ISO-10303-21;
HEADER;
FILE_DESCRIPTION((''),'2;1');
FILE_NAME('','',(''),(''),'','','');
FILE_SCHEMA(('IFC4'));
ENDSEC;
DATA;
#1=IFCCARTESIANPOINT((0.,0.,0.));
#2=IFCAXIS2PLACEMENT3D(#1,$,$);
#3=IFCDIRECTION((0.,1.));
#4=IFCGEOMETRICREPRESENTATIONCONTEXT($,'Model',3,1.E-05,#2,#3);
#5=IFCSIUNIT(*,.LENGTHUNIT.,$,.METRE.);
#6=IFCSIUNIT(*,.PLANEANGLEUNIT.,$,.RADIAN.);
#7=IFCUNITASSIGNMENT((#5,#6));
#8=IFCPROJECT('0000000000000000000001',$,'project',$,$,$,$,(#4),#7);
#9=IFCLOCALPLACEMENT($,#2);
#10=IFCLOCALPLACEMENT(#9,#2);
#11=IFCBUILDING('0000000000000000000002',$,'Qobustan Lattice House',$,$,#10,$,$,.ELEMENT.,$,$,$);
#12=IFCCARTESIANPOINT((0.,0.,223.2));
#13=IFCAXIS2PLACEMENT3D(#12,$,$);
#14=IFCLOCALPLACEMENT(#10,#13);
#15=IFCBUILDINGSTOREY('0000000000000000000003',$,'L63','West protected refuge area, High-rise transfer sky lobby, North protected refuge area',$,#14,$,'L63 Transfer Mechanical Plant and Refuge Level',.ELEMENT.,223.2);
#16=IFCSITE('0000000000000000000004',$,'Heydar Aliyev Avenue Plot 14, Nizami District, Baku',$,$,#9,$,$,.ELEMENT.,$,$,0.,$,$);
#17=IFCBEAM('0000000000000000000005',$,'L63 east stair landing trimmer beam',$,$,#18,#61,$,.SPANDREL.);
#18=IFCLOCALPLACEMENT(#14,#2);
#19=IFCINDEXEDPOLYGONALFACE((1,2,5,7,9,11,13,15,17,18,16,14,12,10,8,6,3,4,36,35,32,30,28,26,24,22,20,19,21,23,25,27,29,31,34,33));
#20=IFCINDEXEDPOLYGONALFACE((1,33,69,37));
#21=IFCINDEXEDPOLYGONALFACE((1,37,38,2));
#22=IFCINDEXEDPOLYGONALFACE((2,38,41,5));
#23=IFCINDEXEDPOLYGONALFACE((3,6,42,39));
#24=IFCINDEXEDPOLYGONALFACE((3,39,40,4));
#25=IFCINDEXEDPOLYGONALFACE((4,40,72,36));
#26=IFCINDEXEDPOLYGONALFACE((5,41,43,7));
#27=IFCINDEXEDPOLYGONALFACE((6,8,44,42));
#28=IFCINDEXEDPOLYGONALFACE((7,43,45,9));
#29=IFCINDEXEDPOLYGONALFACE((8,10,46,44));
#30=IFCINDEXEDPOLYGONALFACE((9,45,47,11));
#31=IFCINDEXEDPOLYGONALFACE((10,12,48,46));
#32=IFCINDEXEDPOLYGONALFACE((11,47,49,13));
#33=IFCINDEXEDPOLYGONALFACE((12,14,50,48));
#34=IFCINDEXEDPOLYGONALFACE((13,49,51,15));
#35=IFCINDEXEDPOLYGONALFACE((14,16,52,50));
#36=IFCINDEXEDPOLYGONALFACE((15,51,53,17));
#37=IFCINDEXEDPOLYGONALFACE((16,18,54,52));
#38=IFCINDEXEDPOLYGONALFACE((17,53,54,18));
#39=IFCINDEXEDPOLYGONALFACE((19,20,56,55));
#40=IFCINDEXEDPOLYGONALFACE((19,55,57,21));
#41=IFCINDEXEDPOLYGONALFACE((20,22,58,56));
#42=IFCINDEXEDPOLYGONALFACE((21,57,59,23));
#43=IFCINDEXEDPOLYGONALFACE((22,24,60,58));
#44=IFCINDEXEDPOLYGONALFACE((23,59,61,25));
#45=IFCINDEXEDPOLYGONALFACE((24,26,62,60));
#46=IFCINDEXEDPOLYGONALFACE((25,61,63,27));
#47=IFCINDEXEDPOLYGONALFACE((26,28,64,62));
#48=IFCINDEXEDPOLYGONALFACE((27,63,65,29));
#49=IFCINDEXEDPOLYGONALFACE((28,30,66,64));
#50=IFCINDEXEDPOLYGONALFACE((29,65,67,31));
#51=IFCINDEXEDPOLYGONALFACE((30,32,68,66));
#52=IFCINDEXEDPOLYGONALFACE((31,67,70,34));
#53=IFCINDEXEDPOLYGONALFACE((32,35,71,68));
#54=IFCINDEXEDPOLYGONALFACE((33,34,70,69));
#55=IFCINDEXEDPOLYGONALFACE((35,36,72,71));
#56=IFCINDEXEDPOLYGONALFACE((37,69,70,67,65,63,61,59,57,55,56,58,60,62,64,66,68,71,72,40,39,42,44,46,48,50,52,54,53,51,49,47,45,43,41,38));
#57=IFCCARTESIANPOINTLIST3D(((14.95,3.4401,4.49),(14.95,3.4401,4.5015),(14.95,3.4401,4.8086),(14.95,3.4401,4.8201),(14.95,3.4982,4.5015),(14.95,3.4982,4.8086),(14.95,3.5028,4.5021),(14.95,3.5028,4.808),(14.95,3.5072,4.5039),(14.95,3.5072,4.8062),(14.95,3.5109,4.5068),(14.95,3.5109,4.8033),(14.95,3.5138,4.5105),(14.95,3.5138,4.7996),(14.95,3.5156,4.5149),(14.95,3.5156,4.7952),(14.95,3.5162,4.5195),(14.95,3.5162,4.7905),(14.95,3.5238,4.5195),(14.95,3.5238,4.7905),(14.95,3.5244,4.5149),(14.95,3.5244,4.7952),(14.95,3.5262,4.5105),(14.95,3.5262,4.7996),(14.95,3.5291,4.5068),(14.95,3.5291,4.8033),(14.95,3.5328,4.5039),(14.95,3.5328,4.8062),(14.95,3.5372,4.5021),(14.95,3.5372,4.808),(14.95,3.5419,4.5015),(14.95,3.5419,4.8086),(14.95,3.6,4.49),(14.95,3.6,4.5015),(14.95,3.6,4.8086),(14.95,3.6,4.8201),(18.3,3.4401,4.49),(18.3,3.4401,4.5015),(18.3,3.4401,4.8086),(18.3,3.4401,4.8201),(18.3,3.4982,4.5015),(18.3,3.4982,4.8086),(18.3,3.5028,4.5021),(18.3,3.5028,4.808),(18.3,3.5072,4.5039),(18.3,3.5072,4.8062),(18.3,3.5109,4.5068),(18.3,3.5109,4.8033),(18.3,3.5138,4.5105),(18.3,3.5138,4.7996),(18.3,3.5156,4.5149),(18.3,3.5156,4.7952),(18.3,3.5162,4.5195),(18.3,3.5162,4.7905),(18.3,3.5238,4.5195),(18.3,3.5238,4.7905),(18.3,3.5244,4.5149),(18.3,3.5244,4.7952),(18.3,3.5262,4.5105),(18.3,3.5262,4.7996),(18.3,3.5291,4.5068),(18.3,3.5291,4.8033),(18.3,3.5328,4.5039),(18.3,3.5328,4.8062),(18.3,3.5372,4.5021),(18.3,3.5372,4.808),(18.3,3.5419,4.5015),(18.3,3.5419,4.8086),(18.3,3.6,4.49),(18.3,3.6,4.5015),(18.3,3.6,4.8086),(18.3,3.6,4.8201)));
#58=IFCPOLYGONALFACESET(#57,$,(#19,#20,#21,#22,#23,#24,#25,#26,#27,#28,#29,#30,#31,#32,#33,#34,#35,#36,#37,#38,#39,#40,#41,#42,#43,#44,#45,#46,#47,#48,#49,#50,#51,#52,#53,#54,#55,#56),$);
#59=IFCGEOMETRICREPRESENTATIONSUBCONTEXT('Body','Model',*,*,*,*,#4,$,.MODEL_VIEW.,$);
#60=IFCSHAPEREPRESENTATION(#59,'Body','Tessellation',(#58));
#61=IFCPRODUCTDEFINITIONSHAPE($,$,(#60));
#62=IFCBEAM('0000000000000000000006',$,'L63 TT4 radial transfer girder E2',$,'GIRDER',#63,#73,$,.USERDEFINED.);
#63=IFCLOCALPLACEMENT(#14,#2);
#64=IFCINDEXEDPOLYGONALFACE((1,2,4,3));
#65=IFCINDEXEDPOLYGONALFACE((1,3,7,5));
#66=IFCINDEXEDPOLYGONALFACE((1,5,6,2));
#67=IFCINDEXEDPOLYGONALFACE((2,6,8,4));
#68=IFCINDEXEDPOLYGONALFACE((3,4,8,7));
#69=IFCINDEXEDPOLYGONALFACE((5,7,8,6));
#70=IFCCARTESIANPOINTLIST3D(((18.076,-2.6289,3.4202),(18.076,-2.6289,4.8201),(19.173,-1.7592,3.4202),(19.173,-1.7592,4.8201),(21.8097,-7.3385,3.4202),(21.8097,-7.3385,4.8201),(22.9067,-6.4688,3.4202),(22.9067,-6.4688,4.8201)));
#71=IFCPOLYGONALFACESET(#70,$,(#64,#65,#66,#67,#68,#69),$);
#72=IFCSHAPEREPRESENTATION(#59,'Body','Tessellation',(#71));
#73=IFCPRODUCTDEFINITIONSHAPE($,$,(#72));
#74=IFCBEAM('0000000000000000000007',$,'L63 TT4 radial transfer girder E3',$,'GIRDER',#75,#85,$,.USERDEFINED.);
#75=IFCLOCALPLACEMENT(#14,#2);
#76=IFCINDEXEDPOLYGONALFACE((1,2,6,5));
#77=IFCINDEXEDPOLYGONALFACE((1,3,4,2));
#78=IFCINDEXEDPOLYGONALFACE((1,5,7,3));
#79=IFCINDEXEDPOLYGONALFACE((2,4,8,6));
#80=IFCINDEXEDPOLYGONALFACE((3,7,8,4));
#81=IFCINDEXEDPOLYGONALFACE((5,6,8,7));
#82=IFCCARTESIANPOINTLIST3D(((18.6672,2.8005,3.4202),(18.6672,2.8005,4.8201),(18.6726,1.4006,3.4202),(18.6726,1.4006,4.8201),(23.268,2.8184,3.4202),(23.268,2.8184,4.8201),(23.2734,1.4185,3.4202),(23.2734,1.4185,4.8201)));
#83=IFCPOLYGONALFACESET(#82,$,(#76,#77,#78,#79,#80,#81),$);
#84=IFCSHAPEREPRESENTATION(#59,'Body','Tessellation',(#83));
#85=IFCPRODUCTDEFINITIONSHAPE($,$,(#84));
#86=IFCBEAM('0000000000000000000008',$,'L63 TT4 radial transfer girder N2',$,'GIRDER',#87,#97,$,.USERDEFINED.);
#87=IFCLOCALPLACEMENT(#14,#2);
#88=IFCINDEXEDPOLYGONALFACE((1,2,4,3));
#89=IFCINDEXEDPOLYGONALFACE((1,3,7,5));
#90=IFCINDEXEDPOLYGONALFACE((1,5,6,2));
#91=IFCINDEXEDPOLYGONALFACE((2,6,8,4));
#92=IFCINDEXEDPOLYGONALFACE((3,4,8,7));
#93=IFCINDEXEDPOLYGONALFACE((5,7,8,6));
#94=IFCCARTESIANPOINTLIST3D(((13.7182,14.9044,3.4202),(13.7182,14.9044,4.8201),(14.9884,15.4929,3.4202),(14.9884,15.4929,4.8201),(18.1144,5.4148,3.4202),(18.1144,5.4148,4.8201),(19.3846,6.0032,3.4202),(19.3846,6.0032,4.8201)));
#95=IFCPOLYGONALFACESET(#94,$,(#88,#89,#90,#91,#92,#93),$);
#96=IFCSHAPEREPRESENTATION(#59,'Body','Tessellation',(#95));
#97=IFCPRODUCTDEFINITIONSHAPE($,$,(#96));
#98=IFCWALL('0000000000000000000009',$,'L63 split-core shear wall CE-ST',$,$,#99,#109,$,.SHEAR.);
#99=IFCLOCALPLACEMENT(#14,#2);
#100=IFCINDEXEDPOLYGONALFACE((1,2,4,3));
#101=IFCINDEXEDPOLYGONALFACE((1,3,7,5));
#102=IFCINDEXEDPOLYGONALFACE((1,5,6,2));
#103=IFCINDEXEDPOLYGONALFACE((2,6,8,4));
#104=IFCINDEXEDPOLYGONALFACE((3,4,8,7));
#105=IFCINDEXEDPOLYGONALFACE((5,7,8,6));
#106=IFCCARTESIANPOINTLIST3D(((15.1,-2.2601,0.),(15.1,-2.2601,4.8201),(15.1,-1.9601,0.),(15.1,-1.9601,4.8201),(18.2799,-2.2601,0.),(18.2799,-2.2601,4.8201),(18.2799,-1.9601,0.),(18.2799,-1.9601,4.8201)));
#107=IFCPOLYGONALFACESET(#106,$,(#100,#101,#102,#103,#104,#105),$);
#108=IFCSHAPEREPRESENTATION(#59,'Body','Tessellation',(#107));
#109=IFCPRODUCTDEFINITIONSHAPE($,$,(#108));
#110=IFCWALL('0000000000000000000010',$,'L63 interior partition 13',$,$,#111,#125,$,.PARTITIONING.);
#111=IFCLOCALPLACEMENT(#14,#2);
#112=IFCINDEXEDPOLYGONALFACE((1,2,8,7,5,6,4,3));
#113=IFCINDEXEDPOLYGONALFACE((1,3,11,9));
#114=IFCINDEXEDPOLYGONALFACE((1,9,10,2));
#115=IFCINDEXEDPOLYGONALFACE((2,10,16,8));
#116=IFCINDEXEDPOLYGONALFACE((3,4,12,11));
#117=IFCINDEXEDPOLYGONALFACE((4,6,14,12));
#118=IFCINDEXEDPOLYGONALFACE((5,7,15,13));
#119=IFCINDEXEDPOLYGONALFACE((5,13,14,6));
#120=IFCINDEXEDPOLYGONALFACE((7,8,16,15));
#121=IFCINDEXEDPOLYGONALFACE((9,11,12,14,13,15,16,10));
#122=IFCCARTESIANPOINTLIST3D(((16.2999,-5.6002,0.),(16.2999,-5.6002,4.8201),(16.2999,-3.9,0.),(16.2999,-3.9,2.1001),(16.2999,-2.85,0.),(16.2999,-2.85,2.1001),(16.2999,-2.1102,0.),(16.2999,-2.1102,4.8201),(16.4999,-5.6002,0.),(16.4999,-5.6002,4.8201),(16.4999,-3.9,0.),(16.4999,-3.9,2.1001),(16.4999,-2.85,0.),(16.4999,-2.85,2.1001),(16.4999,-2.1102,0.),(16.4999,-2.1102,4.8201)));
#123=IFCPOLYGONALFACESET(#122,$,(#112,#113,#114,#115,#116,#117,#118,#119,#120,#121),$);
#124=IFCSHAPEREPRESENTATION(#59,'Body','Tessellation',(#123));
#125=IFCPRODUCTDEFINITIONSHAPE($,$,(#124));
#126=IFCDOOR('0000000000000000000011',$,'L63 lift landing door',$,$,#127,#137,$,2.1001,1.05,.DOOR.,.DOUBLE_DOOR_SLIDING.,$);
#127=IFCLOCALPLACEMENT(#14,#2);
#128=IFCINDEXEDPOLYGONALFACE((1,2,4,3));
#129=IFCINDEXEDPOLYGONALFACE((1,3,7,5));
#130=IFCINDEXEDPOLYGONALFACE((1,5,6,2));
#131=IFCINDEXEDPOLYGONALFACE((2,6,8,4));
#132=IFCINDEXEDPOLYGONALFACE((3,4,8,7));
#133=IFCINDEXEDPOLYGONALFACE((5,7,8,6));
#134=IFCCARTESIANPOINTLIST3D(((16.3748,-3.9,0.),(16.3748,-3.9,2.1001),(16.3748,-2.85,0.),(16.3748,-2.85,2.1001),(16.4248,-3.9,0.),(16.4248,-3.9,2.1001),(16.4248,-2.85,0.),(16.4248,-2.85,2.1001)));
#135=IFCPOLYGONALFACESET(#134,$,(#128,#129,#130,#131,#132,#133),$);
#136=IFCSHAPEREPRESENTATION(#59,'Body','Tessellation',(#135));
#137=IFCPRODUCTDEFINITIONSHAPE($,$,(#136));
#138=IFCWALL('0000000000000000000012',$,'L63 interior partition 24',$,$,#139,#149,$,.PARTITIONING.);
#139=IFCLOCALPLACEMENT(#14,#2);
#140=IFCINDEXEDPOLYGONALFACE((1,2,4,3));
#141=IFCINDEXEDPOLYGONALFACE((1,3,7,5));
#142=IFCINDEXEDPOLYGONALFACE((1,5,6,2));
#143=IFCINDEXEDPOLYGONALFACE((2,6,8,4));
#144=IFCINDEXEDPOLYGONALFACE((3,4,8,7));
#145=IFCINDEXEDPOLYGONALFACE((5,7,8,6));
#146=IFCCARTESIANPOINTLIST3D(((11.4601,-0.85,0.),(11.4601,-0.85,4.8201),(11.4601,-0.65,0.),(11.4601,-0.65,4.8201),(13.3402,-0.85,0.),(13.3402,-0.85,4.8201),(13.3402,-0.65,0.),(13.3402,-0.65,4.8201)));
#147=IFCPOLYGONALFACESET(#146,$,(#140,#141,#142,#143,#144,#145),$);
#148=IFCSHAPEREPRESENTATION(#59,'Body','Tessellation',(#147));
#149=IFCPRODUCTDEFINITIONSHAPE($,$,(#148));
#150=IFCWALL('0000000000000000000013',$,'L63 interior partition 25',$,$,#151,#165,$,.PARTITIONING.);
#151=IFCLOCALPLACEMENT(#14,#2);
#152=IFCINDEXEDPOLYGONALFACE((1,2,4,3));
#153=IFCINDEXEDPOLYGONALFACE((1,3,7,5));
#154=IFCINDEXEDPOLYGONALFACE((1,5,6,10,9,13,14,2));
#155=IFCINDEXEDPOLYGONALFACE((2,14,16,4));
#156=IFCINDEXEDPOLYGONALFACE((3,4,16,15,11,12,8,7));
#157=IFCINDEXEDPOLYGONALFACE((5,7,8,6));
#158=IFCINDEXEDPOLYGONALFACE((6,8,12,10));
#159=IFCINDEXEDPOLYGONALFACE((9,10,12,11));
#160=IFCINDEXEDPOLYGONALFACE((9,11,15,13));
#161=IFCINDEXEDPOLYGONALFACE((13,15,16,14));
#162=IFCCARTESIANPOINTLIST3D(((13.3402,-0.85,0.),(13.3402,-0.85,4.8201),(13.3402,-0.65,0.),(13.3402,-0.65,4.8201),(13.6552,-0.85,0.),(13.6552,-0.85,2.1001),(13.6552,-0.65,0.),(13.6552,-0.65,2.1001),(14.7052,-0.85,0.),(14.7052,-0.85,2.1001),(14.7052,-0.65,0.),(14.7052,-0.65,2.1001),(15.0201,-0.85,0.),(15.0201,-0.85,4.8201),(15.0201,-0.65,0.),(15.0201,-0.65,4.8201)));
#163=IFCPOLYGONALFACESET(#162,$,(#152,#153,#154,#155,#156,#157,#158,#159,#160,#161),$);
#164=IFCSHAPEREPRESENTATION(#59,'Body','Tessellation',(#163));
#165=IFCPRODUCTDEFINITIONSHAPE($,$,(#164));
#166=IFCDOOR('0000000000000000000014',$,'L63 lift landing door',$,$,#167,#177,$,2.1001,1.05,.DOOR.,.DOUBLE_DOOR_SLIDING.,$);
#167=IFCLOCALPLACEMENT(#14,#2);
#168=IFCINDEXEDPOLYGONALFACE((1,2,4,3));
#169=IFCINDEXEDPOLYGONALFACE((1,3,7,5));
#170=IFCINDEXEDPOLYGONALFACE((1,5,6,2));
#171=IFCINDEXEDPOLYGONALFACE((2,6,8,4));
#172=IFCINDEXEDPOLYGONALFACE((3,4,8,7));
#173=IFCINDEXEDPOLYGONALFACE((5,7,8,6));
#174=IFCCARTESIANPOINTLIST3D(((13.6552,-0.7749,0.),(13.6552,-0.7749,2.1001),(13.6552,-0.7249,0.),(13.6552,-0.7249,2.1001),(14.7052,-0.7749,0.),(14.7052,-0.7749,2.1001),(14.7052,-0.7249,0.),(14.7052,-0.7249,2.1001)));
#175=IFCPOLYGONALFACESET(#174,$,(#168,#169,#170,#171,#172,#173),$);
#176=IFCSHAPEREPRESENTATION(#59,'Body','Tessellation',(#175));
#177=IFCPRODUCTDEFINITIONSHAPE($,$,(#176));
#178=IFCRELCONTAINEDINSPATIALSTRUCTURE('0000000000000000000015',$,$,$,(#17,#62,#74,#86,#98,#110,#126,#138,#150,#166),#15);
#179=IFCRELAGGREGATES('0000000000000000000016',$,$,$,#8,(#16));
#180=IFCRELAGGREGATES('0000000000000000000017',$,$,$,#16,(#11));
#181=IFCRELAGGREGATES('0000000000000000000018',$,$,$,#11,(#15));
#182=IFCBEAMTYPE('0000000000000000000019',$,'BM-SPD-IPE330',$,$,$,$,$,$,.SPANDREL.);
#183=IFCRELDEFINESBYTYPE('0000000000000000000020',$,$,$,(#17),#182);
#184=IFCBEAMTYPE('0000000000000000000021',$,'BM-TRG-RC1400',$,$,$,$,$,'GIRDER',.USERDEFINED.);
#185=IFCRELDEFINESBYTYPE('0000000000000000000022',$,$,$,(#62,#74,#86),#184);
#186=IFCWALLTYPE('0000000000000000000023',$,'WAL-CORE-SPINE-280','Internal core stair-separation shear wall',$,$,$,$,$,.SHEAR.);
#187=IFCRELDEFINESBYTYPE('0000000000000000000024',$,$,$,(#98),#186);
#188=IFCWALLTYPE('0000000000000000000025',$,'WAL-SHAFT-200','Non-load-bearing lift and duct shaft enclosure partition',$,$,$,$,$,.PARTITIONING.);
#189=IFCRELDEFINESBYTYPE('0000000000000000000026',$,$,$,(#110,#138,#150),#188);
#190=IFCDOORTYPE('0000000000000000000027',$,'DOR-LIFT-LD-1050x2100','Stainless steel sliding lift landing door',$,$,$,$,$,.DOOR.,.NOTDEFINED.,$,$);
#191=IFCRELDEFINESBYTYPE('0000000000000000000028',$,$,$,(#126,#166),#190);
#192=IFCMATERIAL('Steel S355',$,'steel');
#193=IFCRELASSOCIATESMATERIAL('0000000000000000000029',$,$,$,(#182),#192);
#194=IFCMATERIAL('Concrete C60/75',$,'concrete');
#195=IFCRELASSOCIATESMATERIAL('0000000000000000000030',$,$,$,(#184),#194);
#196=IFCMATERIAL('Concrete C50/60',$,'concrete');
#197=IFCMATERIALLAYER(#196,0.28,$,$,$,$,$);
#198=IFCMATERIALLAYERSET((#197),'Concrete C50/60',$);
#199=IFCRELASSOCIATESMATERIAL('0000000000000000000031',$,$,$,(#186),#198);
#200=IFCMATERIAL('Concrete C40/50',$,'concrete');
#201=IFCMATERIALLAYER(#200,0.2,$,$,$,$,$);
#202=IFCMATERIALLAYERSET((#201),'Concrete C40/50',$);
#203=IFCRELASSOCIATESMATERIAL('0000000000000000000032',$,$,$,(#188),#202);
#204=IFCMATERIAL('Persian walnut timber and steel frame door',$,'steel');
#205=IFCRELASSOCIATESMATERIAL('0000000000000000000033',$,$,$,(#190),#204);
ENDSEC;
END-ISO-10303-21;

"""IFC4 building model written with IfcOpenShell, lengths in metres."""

from ifc_helpers import new_model, si_unit, direction, frame, frame_2d, origin, origin_2d, place, context, subcontext, project, spatial, rectangle, i_section, extrude, material, layer, layer_set, material_profile, profile_set, type_object, element, fill, save


model = new_model("IFC4")

# Units and contexts
model_context = context("Model", 3, precision=1e-05, world=origin(), true_north=direction((0.0, 1.0)))
body_context = subcontext(model_context, "Body", "Model", "MODEL_VIEW")
ifc_project = project(units=[si_unit("LENGTHUNIT", "METRE"), si_unit("PLANEANGLEUNIT", "RADIAN")], contexts=[model_context])

# Site, building, storey
site_placement = place(None, origin())
site = spatial("IfcSite", under=ifc_project, at=site_placement, Name="Heydar Aliyev Avenue Plot 14, Nizami District, Baku", CompositionType="ELEMENT", RefElevation=0.0)
building_placement = place(site_placement, origin())
building = spatial("IfcBuilding", under=site, at=building_placement, Name="Qobustan Lattice House", CompositionType="ELEMENT")
storey_placement = place(building_placement, frame((0.0, 0.0, 223.2)))
storey = spatial("IfcBuildingStorey", under=building, at=storey_placement, Name="L63", Description="West protected refuge area, High-rise transfer sky lobby, North protected refuge area", LongName="L63 Transfer Mechanical Plant and Refuge Level", CompositionType="ELEMENT", Elevation=223.2)

# Beams
ifc_material_1 = material(Name="Steel S355", Category="steel")
ifc_material_profile_1 = material_profile(ifc_material_1, i_section(OverallWidth=0.1599, OverallDepth=0.3301, WebThickness=0.0076, FlangeThickness=0.0115, FilletRadius=0.0181, at=origin_2d()), Name="IPE330")
ifc_profile_set_1 = profile_set([ifc_material_profile_1], Name="Steel S355")
beam_type_1 = type_object("IfcBeamType", Name="BM-SPD-IPE330", PredefinedType="SPANDREL", material=ifc_profile_set_1)
beam_1_placement = place(storey_placement, frame((14.95, 3.52, 4.655), z_axis=(1.0, 0.0, 0.0), x_axis=(0.0, 1.0, 0.0)))
element("IfcBeam", 1, at=beam_1_placement, inside=storey, type_object=beam_type_1, Name="L63 east stair landing trimmer beam", PredefinedType="SPANDREL", context=body_context, shape_type="SweptSolid", body=[
    extrude(i_section(OverallWidth=0.1599, OverallDepth=0.3301, WebThickness=0.0076, FlangeThickness=0.0115, FilletRadius=0.0181, at=origin_2d()), origin(), (0.0, 0.0, 1.0), 3.3501),
])
ifc_material_2 = material(Name="Concrete C60/75", Category="concrete")
ifc_material_profile_2 = material_profile(ifc_material_2, rectangle(XDim=1.3999, YDim=1.3999, at=origin_2d()), Name="RC1400x1400")
ifc_profile_set_2 = profile_set([ifc_material_profile_2], Name="Concrete C60/75")
beam_type_2 = type_object("IfcBeamType", Name="BM-TRG-RC1400", ElementType="GIRDER", PredefinedType="USERDEFINED", material=ifc_profile_set_2)
beam_2_placement = place(storey_placement, frame((18.6245, -2.1941, 4.1201), z_axis=(0.621246, -0.783616, 0.0), x_axis=(0.783616, 0.621246, 0.0)))
element("IfcBeam", 2, at=beam_2_placement, inside=storey, type_object=beam_type_2, Name="L63 TT4 radial transfer girder E2", ObjectType="GIRDER", PredefinedType="USERDEFINED", context=body_context, shape_type="SweptSolid", body=[
    extrude(rectangle(XDim=1.3999, YDim=1.3999, at=origin_2d()), origin(), (0.0, 0.0, 1.0), 6.01),
])
beam_3_placement = place(storey_placement, frame((18.6699, 2.1006, 4.1201), z_axis=(0.999992, 0.003874, 0.0), x_axis=(-0.003874, 0.999992, 0.0)))
element("IfcBeam", 3, at=beam_3_placement, inside=storey, type_object=beam_type_2, Name="L63 TT4 radial transfer girder E3", ObjectType="GIRDER", PredefinedType="USERDEFINED", context=body_context, shape_type="SweptSolid", body=[
    extrude(rectangle(XDim=1.3999, YDim=1.3999, at=origin_2d()), origin(), (0.0, 0.0, 1.0), 4.6008),
])
beam_4_placement = place(storey_placement, frame((18.7495, 5.709, 4.1201), z_axis=(-0.420347, 0.907363, 0.0), x_axis=(-0.907363, -0.420347, 0.0)))
element("IfcBeam", 4, at=beam_4_placement, inside=storey, type_object=beam_type_2, Name="L63 TT4 radial transfer girder N2", ObjectType="GIRDER", PredefinedType="USERDEFINED", context=body_context, shape_type="SweptSolid", body=[
    extrude(rectangle(XDim=1.3999, YDim=1.3999, at=origin_2d()), origin(), (0.0, 0.0, 1.0), 10.4585),
])

# Wall
ifc_material_3 = material(Name="Concrete C50/60", Category="concrete")
ifc_layer_1 = layer(ifc_material_3, 0.28)
ifc_layer_set_1 = layer_set([ifc_layer_1], Name="Concrete C50/60")
wall_type_1 = type_object("IfcWallType", Name="WAL-CORE-SPINE-280", Description="Internal core stair-separation shear wall", PredefinedType="SHEAR", material=ifc_layer_set_1)
wall_1_placement = place(storey_placement, frame((15.1001, -2.1101, 0.0), z_axis=(0.0, 0.0, 1.0), x_axis=(1.0, 0.0, 0.0)))
element("IfcWall", 5, at=wall_1_placement, inside=storey, type_object=wall_type_1, Name="L63 split-core shear wall CE-ST", PredefinedType="SHEAR", context=body_context, shape_type="SweptSolid", body=[
    extrude(rectangle(XDim=3.1799, YDim=0.3, at=frame_2d((1.5898, 0.0))), origin(), (0.0, 0.0, 1.0), 4.8201),
])

# Wall, opening, door
ifc_material_4 = material(Name="Concrete C40/50", Category="concrete")
ifc_layer_2 = layer(ifc_material_4, 0.2)
ifc_layer_set_2 = layer_set([ifc_layer_2], Name="Concrete C40/50")
wall_type_2 = type_object("IfcWallType", Name="WAL-SHAFT-200", Description="Non-load-bearing lift and duct shaft enclosure partition", PredefinedType="PARTITIONING", material=ifc_layer_set_2)
wall_2_placement = place(storey_placement, frame((16.3999, -2.1101, 0.0), z_axis=(0.0, 0.0, 1.0), x_axis=(0.0, -1.0, 0.0)))
wall_2 = element("IfcWall", 6, at=wall_2_placement, inside=storey, type_object=wall_type_2, Name="L63 interior partition 13", PredefinedType="PARTITIONING", context=body_context, shape_type="SweptSolid", body=[
    extrude(rectangle(XDim=3.49, YDim=0.2, at=frame_2d((1.7451, 0.0))), origin(), (0.0, 0.0, 1.0), 4.8201),
])
opening_1_placement = place(wall_2_placement, frame((0.74, 0.0, 0.0)))
opening_1 = element("IfcOpeningElement", 7, at=opening_1_placement, cuts=wall_2, PredefinedType="OPENING", context=body_context, shape_type="SweptSolid", body=[
    extrude(rectangle(XDim=1.05, YDim=2.1001, at=frame_2d((0.5249, 1.05))), frame((0.0, 0.1099, 0.0), z_axis=(0.0, -1.0, 0.0), x_axis=(1.0, 0.0, 0.0)), (0.0, 0.0, 1.0), 0.22),
])
ifc_material_5 = material(Name="Persian walnut timber and steel frame door", Category="steel")
door_type = type_object("IfcDoorType", Name="DOR-LIFT-LD-1050x2100", Description="Stainless steel sliding lift landing door", OperationType="NOTDEFINED", PredefinedType="DOOR", material=ifc_material_5)
door_1_placement = place(opening_1_placement, origin())
door_1 = element("IfcDoor", 8, at=door_1_placement, inside=storey, type_object=door_type, Name="L63 lift landing door", OperationType="DOUBLE_DOOR_SLIDING", OverallHeight=2.1001, OverallWidth=1.05, PredefinedType="DOOR", context=body_context, shape_type="SweptSolid", body=[
    extrude(rectangle(XDim=1.05, YDim=2.1001, at=frame_2d((0.5249, 1.05))), frame((0.0, 0.0249, 0.0), z_axis=(0.0, -1.0, 0.0), x_axis=(1.0, 0.0, 0.0)), (0.0, 0.0, 1.0), 0.05),
])
fill(opening_1, door_1)

# Wall
wall_3_placement = place(storey_placement, frame((13.3401, -0.75, 0.0), z_axis=(0.0, 0.0, 1.0), x_axis=(-1.0, 0.0, 0.0)))
element("IfcWall", 9, at=wall_3_placement, inside=storey, type_object=wall_type_2, Name="L63 interior partition 24", PredefinedType="PARTITIONING", context=body_context, shape_type="SweptSolid", body=[
    extrude(rectangle(XDim=1.8801, YDim=0.2, at=frame_2d((0.9399, 0.0))), origin(), (0.0, 0.0, 1.0), 4.8201),
])

# Wall, opening, door
wall_4_placement = place(storey_placement, frame((15.02, -0.75, 0.0), z_axis=(0.0, 0.0, 1.0), x_axis=(-1.0, 0.0, 0.0)))
wall_4 = element("IfcWall", 10, at=wall_4_placement, inside=storey, type_object=wall_type_2, Name="L63 interior partition 25", PredefinedType="PARTITIONING", context=body_context, shape_type="SweptSolid", body=[
    extrude(rectangle(XDim=1.6799, YDim=0.2, at=frame_2d((0.8398, 0.0))), origin(), (0.0, 0.0, 1.0), 4.8201),
])
opening_2_placement = place(wall_4_placement, frame((0.3149, 0.0, 0.0)))
opening_2 = element("IfcOpeningElement", 11, at=opening_2_placement, cuts=wall_4, PredefinedType="OPENING", context=body_context, shape_type="SweptSolid", body=[
    extrude(rectangle(XDim=1.05, YDim=2.1001, at=frame_2d((0.5249, 1.05))), frame((0.0, 0.1099, 0.0), z_axis=(0.0, -1.0, 0.0), x_axis=(1.0, 0.0, 0.0)), (0.0, 0.0, 1.0), 0.22),
])
door_2_placement = place(opening_2_placement, origin())
door_2 = element("IfcDoor", 12, at=door_2_placement, inside=storey, type_object=door_type, Name="L63 lift landing door", OperationType="DOUBLE_DOOR_SLIDING", OverallHeight=2.1001, OverallWidth=1.05, PredefinedType="DOOR", context=body_context, shape_type="SweptSolid", body=[
    extrude(rectangle(XDim=1.05, YDim=2.1001, at=frame_2d((0.5249, 1.05))), frame((0.0, 0.0249, 0.0), z_axis=(0.0, -1.0, 0.0), x_axis=(1.0, 0.0, 0.0)), (0.0, 0.0, 1.0), 0.05),
])
fill(opening_2, door_2)

save(model, "model.ifc")
